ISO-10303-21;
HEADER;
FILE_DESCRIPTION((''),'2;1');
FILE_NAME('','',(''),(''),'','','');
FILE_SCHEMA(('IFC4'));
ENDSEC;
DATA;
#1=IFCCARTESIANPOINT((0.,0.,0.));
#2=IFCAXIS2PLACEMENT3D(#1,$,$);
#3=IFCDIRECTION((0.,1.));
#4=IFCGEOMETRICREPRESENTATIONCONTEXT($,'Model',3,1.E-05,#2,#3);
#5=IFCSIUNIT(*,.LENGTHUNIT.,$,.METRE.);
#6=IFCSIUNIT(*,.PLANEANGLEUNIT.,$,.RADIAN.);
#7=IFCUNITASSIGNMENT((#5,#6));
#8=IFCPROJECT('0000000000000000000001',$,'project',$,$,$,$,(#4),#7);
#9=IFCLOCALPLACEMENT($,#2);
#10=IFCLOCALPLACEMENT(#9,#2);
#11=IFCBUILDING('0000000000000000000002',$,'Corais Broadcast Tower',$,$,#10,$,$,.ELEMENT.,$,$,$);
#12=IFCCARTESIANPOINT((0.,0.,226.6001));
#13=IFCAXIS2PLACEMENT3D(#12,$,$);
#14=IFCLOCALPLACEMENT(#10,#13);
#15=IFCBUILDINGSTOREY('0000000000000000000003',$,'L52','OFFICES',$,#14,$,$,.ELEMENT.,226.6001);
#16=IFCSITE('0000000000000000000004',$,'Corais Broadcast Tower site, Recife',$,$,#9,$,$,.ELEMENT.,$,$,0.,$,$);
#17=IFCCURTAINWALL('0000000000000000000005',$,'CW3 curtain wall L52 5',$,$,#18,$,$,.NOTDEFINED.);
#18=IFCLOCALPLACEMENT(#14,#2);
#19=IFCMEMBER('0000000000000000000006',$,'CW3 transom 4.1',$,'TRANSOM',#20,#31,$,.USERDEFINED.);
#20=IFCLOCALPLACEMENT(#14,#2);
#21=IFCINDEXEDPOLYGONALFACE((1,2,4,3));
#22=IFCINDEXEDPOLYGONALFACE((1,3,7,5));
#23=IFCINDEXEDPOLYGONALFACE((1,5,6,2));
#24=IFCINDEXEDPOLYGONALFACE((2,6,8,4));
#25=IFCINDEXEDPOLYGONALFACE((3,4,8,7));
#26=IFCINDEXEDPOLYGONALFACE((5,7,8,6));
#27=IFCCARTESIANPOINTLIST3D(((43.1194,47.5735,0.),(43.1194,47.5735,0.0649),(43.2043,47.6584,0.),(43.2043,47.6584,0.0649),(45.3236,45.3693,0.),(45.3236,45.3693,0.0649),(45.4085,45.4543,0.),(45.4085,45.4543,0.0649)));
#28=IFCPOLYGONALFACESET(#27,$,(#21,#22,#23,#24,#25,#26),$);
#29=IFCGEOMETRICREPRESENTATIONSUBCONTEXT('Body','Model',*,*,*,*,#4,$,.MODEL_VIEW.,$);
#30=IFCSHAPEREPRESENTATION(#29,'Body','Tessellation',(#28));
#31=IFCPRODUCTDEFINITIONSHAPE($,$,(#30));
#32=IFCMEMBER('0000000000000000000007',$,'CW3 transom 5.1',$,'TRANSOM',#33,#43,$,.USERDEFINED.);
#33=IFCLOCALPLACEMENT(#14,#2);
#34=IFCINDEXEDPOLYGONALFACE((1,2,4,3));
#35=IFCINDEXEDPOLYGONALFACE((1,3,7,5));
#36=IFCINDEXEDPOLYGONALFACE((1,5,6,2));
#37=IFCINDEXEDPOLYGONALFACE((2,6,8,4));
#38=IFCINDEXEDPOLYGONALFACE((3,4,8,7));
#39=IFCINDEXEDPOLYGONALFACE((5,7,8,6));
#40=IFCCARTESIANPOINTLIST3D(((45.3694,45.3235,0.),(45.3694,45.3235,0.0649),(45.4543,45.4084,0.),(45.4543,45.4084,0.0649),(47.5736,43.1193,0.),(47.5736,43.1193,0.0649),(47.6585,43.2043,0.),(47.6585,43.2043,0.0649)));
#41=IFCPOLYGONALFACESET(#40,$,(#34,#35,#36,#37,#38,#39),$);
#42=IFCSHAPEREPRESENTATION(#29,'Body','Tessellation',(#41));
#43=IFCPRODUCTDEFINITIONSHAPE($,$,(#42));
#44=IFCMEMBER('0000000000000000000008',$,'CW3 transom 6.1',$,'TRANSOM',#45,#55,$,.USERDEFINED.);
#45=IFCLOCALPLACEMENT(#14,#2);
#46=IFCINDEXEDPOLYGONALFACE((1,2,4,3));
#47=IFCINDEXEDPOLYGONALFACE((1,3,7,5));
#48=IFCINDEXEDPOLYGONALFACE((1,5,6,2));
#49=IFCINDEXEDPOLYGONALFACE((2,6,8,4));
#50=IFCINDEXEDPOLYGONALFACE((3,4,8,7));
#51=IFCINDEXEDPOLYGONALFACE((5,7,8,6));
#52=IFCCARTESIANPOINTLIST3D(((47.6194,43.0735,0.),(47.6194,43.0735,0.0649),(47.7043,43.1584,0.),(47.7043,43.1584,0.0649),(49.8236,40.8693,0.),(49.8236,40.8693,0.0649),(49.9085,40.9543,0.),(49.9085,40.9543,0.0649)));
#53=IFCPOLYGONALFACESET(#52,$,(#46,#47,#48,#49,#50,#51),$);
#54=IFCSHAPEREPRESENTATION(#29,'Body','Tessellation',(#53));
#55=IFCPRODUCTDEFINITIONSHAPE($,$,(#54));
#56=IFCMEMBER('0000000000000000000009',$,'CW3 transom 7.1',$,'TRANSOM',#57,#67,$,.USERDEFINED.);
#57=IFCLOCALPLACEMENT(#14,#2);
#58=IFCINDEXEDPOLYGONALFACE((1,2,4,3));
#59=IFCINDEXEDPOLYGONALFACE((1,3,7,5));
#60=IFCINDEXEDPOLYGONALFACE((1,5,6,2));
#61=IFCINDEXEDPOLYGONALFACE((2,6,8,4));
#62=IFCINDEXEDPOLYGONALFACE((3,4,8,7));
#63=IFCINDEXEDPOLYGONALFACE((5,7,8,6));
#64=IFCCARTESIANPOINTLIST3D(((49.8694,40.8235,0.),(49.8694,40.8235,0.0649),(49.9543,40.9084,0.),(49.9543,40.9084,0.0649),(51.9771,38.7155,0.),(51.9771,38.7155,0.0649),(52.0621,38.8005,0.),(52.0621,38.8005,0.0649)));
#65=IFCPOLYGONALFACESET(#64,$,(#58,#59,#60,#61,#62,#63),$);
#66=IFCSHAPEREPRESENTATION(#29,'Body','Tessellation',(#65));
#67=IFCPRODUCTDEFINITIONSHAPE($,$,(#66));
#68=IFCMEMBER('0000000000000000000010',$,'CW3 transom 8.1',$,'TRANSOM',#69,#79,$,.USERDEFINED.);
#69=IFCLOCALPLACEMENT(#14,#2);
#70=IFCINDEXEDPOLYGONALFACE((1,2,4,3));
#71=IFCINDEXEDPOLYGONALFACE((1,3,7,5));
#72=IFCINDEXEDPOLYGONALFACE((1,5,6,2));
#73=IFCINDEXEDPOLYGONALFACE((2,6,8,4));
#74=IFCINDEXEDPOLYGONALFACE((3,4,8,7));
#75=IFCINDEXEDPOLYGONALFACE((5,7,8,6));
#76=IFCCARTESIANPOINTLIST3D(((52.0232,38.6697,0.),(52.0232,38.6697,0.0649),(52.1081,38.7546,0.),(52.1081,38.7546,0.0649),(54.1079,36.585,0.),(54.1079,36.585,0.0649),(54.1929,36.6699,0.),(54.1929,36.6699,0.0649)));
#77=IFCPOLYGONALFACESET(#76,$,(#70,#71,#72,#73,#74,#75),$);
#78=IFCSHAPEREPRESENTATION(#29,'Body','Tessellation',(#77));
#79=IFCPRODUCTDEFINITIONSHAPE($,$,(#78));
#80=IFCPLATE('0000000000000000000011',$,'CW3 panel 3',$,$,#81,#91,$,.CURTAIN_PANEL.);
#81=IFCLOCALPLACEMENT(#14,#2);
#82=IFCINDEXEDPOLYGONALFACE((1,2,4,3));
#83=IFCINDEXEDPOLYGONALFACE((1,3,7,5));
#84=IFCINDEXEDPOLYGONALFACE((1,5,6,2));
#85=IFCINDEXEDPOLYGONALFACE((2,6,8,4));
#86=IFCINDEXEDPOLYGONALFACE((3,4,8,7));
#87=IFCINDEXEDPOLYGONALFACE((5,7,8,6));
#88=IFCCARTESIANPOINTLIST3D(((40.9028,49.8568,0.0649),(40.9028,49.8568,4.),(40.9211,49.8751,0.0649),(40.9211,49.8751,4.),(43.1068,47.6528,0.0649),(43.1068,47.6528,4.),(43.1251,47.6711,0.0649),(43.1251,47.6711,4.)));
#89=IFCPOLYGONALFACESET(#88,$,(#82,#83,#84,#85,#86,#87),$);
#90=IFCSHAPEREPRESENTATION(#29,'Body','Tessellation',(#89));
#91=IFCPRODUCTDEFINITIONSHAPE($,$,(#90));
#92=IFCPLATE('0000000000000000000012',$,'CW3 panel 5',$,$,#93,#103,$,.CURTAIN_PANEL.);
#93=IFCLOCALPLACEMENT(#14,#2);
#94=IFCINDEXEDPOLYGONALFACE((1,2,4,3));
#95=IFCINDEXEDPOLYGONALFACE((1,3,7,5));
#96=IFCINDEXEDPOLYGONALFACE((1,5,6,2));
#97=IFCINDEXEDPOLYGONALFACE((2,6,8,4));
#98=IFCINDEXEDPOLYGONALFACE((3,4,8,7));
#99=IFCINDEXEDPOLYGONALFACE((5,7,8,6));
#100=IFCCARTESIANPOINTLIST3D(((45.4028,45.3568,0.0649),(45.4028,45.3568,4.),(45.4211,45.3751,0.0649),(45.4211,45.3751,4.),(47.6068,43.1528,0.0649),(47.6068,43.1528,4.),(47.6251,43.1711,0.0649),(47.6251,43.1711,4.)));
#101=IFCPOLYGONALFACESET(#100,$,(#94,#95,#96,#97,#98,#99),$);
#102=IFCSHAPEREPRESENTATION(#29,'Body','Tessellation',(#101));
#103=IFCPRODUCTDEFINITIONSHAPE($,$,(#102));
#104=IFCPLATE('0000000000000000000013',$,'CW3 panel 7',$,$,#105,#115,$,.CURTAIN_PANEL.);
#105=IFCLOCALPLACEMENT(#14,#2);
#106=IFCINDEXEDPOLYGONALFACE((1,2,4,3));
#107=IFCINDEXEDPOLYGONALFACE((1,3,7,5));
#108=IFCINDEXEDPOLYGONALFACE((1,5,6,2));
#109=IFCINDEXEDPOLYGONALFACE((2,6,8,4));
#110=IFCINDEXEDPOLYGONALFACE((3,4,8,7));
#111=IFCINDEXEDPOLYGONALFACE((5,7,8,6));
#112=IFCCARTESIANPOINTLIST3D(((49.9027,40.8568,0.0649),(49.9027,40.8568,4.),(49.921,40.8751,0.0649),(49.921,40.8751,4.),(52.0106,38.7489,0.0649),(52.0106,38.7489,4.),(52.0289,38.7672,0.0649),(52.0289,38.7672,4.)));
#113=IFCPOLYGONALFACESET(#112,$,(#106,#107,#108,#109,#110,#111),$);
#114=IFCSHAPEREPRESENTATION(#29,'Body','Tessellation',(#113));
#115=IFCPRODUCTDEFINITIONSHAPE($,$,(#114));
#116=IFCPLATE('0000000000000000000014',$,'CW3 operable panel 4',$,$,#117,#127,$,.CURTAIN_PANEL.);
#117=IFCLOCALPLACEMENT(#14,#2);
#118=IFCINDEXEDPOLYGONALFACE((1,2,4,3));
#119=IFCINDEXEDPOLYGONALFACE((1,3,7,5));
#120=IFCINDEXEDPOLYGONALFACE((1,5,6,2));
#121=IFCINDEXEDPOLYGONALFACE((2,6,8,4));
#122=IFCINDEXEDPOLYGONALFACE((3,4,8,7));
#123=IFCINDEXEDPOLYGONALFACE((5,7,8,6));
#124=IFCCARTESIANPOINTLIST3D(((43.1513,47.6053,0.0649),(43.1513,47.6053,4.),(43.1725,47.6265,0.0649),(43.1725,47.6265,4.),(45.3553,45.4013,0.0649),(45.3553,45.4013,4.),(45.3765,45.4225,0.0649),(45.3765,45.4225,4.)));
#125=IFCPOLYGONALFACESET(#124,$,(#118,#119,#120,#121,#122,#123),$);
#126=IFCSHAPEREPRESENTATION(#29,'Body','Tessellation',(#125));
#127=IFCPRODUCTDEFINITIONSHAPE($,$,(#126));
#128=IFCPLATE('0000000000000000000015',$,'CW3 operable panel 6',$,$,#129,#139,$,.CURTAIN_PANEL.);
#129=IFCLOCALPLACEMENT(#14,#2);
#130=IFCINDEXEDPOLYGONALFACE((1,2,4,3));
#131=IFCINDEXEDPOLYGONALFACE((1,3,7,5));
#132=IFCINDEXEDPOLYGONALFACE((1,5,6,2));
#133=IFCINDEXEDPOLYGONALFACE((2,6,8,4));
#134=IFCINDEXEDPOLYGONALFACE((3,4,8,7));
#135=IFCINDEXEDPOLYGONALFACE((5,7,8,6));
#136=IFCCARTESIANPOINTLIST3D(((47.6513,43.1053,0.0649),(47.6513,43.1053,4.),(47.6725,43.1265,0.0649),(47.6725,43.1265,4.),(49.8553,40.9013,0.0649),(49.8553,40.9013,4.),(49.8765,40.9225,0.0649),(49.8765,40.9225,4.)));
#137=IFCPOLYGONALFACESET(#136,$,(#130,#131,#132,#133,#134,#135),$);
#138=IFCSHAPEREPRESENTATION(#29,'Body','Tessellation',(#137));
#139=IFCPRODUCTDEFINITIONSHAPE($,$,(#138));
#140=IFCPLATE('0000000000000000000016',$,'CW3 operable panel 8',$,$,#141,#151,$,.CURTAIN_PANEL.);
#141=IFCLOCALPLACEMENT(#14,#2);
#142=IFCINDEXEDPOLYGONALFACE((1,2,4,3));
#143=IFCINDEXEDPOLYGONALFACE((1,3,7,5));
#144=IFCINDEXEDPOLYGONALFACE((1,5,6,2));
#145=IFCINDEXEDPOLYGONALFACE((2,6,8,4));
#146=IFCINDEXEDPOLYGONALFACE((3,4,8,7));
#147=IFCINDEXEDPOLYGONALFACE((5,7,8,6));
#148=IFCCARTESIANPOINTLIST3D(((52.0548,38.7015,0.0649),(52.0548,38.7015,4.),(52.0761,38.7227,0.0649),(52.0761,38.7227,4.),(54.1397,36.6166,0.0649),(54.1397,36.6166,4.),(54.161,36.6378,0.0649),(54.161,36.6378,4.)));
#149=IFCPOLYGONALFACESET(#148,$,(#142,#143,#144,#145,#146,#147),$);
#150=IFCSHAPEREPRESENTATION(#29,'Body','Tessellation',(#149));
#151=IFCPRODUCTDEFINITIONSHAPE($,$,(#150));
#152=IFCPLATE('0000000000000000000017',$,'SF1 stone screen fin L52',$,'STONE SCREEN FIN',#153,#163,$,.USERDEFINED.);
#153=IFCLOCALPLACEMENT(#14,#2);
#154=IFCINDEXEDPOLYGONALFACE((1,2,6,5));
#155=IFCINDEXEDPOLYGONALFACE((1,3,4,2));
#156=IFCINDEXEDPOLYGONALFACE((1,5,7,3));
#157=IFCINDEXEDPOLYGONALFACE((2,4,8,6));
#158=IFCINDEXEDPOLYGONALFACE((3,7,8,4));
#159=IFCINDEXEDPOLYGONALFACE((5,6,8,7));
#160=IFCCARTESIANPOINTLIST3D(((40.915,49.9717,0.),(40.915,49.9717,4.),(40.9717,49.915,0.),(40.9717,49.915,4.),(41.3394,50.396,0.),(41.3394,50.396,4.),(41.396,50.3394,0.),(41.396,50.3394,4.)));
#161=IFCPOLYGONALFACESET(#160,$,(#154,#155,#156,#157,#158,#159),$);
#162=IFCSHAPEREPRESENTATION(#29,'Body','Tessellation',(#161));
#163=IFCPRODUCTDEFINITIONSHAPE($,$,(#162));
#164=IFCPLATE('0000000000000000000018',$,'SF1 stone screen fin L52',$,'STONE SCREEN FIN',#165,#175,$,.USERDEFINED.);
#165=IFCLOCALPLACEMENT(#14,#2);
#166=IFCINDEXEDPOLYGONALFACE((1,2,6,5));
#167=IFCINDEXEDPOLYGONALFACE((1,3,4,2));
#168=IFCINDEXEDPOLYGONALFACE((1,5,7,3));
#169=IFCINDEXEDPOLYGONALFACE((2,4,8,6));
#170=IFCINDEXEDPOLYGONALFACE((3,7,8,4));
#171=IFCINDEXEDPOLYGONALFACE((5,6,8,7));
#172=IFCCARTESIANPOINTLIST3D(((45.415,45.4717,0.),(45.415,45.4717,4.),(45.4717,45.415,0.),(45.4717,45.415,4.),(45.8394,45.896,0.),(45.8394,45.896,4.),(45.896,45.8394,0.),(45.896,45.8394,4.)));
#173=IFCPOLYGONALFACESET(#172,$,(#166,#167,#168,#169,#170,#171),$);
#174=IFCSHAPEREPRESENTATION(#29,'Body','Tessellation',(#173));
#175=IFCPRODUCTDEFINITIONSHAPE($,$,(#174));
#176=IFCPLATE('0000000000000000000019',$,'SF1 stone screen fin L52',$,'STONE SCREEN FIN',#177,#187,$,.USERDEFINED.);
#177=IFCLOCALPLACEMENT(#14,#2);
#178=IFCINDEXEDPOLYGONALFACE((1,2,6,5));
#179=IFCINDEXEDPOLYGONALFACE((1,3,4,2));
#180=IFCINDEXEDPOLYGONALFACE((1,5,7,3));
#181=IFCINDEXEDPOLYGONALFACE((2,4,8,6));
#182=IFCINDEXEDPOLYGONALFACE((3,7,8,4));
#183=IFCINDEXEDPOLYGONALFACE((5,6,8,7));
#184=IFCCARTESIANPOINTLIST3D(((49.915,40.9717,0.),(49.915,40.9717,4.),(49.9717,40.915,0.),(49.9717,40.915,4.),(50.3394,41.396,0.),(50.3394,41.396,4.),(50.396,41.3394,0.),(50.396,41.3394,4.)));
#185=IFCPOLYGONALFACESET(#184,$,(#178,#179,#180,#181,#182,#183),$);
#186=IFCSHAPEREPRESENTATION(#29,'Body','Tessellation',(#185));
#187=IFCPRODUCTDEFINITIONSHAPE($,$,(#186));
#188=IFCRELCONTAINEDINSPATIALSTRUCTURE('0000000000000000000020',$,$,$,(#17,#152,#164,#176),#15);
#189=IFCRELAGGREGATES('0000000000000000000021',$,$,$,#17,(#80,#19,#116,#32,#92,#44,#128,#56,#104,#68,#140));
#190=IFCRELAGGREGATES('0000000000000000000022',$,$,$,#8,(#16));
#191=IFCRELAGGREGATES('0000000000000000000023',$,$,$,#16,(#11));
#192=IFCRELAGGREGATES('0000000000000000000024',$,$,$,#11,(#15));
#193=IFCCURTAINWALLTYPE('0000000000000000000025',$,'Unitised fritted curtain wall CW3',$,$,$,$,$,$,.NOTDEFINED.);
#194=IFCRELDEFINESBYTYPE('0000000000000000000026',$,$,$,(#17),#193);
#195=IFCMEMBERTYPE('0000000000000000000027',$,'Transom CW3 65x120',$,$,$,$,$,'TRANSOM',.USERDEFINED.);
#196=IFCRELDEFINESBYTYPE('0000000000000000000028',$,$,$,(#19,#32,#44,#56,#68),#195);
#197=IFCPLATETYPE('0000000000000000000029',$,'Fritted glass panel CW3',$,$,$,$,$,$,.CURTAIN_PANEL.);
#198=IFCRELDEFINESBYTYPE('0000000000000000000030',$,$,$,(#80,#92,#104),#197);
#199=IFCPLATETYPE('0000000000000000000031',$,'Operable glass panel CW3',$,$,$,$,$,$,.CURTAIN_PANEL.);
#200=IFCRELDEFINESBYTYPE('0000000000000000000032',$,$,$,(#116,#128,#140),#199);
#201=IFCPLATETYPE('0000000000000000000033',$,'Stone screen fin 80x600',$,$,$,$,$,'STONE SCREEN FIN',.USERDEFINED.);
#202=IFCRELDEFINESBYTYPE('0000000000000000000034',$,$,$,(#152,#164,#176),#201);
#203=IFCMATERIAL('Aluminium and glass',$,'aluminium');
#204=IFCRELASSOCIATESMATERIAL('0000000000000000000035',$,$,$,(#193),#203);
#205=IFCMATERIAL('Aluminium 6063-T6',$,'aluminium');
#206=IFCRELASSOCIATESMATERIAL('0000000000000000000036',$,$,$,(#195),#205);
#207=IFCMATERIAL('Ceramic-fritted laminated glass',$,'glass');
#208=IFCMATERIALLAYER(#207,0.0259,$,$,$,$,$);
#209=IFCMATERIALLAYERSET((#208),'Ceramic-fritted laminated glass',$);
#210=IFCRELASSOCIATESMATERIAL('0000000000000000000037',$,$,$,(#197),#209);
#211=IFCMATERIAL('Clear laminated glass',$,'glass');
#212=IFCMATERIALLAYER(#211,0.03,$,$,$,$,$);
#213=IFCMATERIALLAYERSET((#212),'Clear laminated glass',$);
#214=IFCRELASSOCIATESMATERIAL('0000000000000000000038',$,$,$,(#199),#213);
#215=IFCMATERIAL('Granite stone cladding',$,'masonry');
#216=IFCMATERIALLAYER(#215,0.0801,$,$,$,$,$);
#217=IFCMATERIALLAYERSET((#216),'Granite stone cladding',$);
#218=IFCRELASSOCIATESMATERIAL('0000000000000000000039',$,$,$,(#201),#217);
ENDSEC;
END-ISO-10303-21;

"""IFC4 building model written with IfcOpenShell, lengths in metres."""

from ifc_helpers import new_model, si_unit, direction, frame, origin, origin_2d, place, context, subcontext, project, spatial, rectangle, extrude, material, layer, layer_set, material_profile, profile_set, type_object, element, aggregate, save


model = new_model("IFC4")

# Units and contexts
model_context = context("Model", 3, precision=1e-05, world=origin(), true_north=direction((0.0, 1.0)))
body_context = subcontext(model_context, "Body", "Model", "MODEL_VIEW")
ifc_project = project(units=[si_unit("LENGTHUNIT", "METRE"), si_unit("PLANEANGLEUNIT", "RADIAN")], contexts=[model_context])

# Site, building, storey
site_placement = place(None, origin())
site = spatial("IfcSite", under=ifc_project, at=site_placement, Name="Corais Broadcast Tower site, Recife", CompositionType="ELEMENT", RefElevation=0.0)
building_placement = place(site_placement, origin())
building = spatial("IfcBuilding", under=site, at=building_placement, Name="Corais Broadcast Tower", CompositionType="ELEMENT")
storey_placement = place(building_placement, frame((0.0, 0.0, 226.6001)))
storey = spatial("IfcBuildingStorey", under=building, at=storey_placement, Name="L52", Description="OFFICES", CompositionType="ELEMENT", Elevation=226.6001)

# Curtain wall
ifc_material_1 = material(Name="Aluminium and glass", Category="aluminium")
curtain_wall_type = type_object("IfcCurtainWallType", Name="Unitised fritted curtain wall CW3", PredefinedType="NOTDEFINED", material=ifc_material_1)
curtain_wall_placement = place(storey_placement, origin())
curtain_wall = element("IfcCurtainWall", 1, at=curtain_wall_placement, inside=storey, type_object=curtain_wall_type, Name="CW3 curtain wall L52 5", PredefinedType="NOTDEFINED")

# Members
ifc_material_2 = material(Name="Aluminium 6063-T6", Category="aluminium")
ifc_material_profile_1 = material_profile(ifc_material_2, rectangle(XDim=0.1201, YDim=0.0649, at=origin_2d()), Name="Transom CW3 65x120")
ifc_profile_set_1 = profile_set([ifc_material_profile_1], Name="Aluminium 6063-T6")
member_type_1 = type_object("IfcMemberType", Name="Transom CW3 65x120", ElementType="TRANSOM", PredefinedType="USERDEFINED", material=ifc_profile_set_1)
member_1_placement = place(storey_placement, frame((43.1619, 47.616, 0.0325), z_axis=(0.707107, -0.707107, 0.0), x_axis=(0.707107, 0.707107, 0.0)))
member_1 = element("IfcMember", 2, at=member_1_placement, type_object=member_type_1, Name="CW3 transom 4.1", ObjectType="TRANSOM", PredefinedType="USERDEFINED", context=body_context, shape_type="SweptSolid", body=[
    extrude(rectangle(XDim=0.1201, YDim=0.0649, at=origin_2d()), origin(), (0.0, 0.0, 1.0), 3.1172),
])
member_2_placement = place(storey_placement, frame((45.4119, 45.366, 0.0325), z_axis=(0.707107, -0.707107, 0.0), x_axis=(0.707107, 0.707107, 0.0)))
member_2 = element("IfcMember", 3, at=member_2_placement, type_object=member_type_1, Name="CW3 transom 5.1", ObjectType="TRANSOM", PredefinedType="USERDEFINED", context=body_context, shape_type="SweptSolid", body=[
    extrude(rectangle(XDim=0.1201, YDim=0.0649, at=origin_2d()), origin(), (0.0, 0.0, 1.0), 3.1172),
])
member_3_placement = place(storey_placement, frame((47.6619, 43.116, 0.0325), z_axis=(0.707107, -0.707107, 0.0), x_axis=(0.707107, 0.707107, 0.0)))
member_3 = element("IfcMember", 4, at=member_3_placement, type_object=member_type_1, Name="CW3 transom 6.1", ObjectType="TRANSOM", PredefinedType="USERDEFINED", context=body_context, shape_type="SweptSolid", body=[
    extrude(rectangle(XDim=0.1201, YDim=0.0649, at=origin_2d()), origin(), (0.0, 0.0, 1.0), 3.1172),
])
member_4_placement = place(storey_placement, frame((49.9119, 40.866, 0.0325), z_axis=(0.707066, -0.707148, 0.0), x_axis=(0.707148, 0.707066, 0.0)))
member_4 = element("IfcMember", 5, at=member_4_placement, type_object=member_type_1, Name="CW3 transom 7.1", ObjectType="TRANSOM", PredefinedType="USERDEFINED", context=body_context, shape_type="SweptSolid", body=[
    extrude(rectangle(XDim=0.1201, YDim=0.0649, at=origin_2d()), origin(), (0.0, 0.0, 1.0), 2.981),
])
member_5_placement = place(storey_placement, frame((52.0657, 38.7122, 0.0325), z_axis=(0.707107, -0.707107, 0.0), x_axis=(0.707107, 0.707107, 0.0)))
member_5 = element("IfcMember", 6, at=member_5_placement, type_object=member_type_1, Name="CW3 transom 8.1", ObjectType="TRANSOM", PredefinedType="USERDEFINED", context=body_context, shape_type="SweptSolid", body=[
    extrude(rectangle(XDim=0.1201, YDim=0.0649, at=origin_2d()), origin(), (0.0, 0.0, 1.0), 2.9482),
])

# Plates
ifc_material_3 = material(Name="Ceramic-fritted laminated glass", Category="glass")
ifc_layer_1 = layer(ifc_material_3, 0.0259)
ifc_layer_set_1 = layer_set([ifc_layer_1], Name="Ceramic-fritted laminated glass")
plate_type_1 = type_object("IfcPlateType", Name="Fritted glass panel CW3", PredefinedType="CURTAIN_PANEL", material=ifc_layer_set_1)
plate_1_placement = place(storey_placement, frame((42.0139, 48.7639, 0.0649), z_axis=(0.0, 0.0, 1.0), x_axis=(0.707107, -0.707107, 0.0)))
plate_1 = element("IfcPlate", 7, at=plate_1_placement, type_object=plate_type_1, Name="CW3 panel 3", PredefinedType="CURTAIN_PANEL", context=body_context, shape_type="SweptSolid", body=[
    extrude(rectangle(XDim=3.1169, YDim=0.0259, at=origin_2d()), origin(), (0.0, 0.0, 1.0), 3.9351),
])
plate_2_placement = place(storey_placement, frame((46.5139, 44.2639, 0.0649), z_axis=(0.0, 0.0, 1.0), x_axis=(0.707107, -0.707107, 0.0)))
plate_2 = element("IfcPlate", 8, at=plate_2_placement, type_object=plate_type_1, Name="CW3 panel 5", PredefinedType="CURTAIN_PANEL", context=body_context, shape_type="SweptSolid", body=[
    extrude(rectangle(XDim=3.1169, YDim=0.0259, at=origin_2d()), origin(), (0.0, 0.0, 1.0), 3.9351),
])
plate_3_placement = place(storey_placement, frame((50.9658, 39.812, 0.0649), z_axis=(0.0, 0.0, 1.0), x_axis=(0.707107, -0.707107, 0.0)))
plate_3 = element("IfcPlate", 9, at=plate_3_placement, type_object=plate_type_1, Name="CW3 panel 7", PredefinedType="CURTAIN_PANEL", context=body_context, shape_type="SweptSolid", body=[
    extrude(rectangle(XDim=2.981, YDim=0.0259, at=origin_2d()), origin(), (0.0, 0.0, 1.0), 3.9351),
])
ifc_material_4 = material(Name="Clear laminated glass", Category="glass")
ifc_layer_2 = layer(ifc_material_4, 0.03)
ifc_layer_set_2 = layer_set([ifc_layer_2], Name="Clear laminated glass")
plate_type_2 = type_object("IfcPlateType", Name="Operable glass panel CW3", PredefinedType="CURTAIN_PANEL", material=ifc_layer_set_2)
plate_4_placement = place(storey_placement, frame((44.2639, 46.5139, 0.0649), z_axis=(0.0, 0.0, 1.0), x_axis=(0.707107, -0.707107, 0.0)))
plate_4 = element("IfcPlate", 10, at=plate_4_placement, type_object=plate_type_2, Name="CW3 operable panel 4", PredefinedType="CURTAIN_PANEL", context=body_context, shape_type="SweptSolid", body=[
    extrude(rectangle(XDim=3.1169, YDim=0.03, at=origin_2d()), origin(), (0.0, 0.0, 1.0), 3.9351),
])
plate_5_placement = place(storey_placement, frame((48.7639, 42.0139, 0.0649), z_axis=(0.0, 0.0, 1.0), x_axis=(0.707107, -0.707107, 0.0)))
plate_5 = element("IfcPlate", 11, at=plate_5_placement, type_object=plate_type_2, Name="CW3 operable panel 6", PredefinedType="CURTAIN_PANEL", context=body_context, shape_type="SweptSolid", body=[
    extrude(rectangle(XDim=3.1169, YDim=0.03, at=origin_2d()), origin(), (0.0, 0.0, 1.0), 3.9351),
])
plate_6_placement = place(storey_placement, frame((53.1079, 37.6697, 0.0649), z_axis=(0.0, 0.0, 1.0), x_axis=(0.707107, -0.707107, 0.0)))
plate_6 = element("IfcPlate", 12, at=plate_6_placement, type_object=plate_type_2, Name="CW3 operable panel 8", PredefinedType="CURTAIN_PANEL", context=body_context, shape_type="SweptSolid", body=[
    extrude(rectangle(XDim=2.9485, YDim=0.03, at=origin_2d()), origin(), (0.0, 0.0, 1.0), 3.9351),
])
aggregate(curtain_wall, [plate_1, member_1, plate_4, member_2, plate_2, member_3, plate_5, member_4, plate_3, member_5, plate_6])

# Plates
ifc_material_5 = material(Name="Granite stone cladding", Category="masonry")
ifc_layer_3 = layer(ifc_material_5, 0.0801)
ifc_layer_set_3 = layer_set([ifc_layer_3], Name="Granite stone cladding")
plate_type_3 = type_object("IfcPlateType", Name="Stone screen fin 80x600", ElementType="STONE SCREEN FIN", PredefinedType="USERDEFINED", material=ifc_layer_set_3)
for number, where, z_axis, x_axis, name in (
    (13, (41.1555, 50.1555, 0.0), (0.0, 0.0, 1.0), (0.707107, -0.707107, 0.0), "SF1 stone screen fin L52"),
    (14, (45.6555, 45.6555, 0.0), (0.0, 0.0, 1.0), (0.707107, -0.707107, 0.0), "SF1 stone screen fin L52"),
    (15, (50.1555, 41.1555, 0.0), (0.0, 0.0, 1.0), (0.707107, -0.707107, 0.0), "SF1 stone screen fin L52"),
):
    element("IfcPlate", number, at=place(storey_placement, frame(where, z_axis=z_axis, x_axis=x_axis)), inside=storey, type_object=plate_type_3, Name=name, ObjectType="STONE SCREEN FIN", PredefinedType="USERDEFINED", context=body_context, shape_type="SweptSolid", body=[
        extrude(rectangle(XDim=0.0801, YDim=0.6001, at=origin_2d()), origin(), (0.0, 0.0, 1.0), 4.0),
    ])

save(model, "model.ifc")
